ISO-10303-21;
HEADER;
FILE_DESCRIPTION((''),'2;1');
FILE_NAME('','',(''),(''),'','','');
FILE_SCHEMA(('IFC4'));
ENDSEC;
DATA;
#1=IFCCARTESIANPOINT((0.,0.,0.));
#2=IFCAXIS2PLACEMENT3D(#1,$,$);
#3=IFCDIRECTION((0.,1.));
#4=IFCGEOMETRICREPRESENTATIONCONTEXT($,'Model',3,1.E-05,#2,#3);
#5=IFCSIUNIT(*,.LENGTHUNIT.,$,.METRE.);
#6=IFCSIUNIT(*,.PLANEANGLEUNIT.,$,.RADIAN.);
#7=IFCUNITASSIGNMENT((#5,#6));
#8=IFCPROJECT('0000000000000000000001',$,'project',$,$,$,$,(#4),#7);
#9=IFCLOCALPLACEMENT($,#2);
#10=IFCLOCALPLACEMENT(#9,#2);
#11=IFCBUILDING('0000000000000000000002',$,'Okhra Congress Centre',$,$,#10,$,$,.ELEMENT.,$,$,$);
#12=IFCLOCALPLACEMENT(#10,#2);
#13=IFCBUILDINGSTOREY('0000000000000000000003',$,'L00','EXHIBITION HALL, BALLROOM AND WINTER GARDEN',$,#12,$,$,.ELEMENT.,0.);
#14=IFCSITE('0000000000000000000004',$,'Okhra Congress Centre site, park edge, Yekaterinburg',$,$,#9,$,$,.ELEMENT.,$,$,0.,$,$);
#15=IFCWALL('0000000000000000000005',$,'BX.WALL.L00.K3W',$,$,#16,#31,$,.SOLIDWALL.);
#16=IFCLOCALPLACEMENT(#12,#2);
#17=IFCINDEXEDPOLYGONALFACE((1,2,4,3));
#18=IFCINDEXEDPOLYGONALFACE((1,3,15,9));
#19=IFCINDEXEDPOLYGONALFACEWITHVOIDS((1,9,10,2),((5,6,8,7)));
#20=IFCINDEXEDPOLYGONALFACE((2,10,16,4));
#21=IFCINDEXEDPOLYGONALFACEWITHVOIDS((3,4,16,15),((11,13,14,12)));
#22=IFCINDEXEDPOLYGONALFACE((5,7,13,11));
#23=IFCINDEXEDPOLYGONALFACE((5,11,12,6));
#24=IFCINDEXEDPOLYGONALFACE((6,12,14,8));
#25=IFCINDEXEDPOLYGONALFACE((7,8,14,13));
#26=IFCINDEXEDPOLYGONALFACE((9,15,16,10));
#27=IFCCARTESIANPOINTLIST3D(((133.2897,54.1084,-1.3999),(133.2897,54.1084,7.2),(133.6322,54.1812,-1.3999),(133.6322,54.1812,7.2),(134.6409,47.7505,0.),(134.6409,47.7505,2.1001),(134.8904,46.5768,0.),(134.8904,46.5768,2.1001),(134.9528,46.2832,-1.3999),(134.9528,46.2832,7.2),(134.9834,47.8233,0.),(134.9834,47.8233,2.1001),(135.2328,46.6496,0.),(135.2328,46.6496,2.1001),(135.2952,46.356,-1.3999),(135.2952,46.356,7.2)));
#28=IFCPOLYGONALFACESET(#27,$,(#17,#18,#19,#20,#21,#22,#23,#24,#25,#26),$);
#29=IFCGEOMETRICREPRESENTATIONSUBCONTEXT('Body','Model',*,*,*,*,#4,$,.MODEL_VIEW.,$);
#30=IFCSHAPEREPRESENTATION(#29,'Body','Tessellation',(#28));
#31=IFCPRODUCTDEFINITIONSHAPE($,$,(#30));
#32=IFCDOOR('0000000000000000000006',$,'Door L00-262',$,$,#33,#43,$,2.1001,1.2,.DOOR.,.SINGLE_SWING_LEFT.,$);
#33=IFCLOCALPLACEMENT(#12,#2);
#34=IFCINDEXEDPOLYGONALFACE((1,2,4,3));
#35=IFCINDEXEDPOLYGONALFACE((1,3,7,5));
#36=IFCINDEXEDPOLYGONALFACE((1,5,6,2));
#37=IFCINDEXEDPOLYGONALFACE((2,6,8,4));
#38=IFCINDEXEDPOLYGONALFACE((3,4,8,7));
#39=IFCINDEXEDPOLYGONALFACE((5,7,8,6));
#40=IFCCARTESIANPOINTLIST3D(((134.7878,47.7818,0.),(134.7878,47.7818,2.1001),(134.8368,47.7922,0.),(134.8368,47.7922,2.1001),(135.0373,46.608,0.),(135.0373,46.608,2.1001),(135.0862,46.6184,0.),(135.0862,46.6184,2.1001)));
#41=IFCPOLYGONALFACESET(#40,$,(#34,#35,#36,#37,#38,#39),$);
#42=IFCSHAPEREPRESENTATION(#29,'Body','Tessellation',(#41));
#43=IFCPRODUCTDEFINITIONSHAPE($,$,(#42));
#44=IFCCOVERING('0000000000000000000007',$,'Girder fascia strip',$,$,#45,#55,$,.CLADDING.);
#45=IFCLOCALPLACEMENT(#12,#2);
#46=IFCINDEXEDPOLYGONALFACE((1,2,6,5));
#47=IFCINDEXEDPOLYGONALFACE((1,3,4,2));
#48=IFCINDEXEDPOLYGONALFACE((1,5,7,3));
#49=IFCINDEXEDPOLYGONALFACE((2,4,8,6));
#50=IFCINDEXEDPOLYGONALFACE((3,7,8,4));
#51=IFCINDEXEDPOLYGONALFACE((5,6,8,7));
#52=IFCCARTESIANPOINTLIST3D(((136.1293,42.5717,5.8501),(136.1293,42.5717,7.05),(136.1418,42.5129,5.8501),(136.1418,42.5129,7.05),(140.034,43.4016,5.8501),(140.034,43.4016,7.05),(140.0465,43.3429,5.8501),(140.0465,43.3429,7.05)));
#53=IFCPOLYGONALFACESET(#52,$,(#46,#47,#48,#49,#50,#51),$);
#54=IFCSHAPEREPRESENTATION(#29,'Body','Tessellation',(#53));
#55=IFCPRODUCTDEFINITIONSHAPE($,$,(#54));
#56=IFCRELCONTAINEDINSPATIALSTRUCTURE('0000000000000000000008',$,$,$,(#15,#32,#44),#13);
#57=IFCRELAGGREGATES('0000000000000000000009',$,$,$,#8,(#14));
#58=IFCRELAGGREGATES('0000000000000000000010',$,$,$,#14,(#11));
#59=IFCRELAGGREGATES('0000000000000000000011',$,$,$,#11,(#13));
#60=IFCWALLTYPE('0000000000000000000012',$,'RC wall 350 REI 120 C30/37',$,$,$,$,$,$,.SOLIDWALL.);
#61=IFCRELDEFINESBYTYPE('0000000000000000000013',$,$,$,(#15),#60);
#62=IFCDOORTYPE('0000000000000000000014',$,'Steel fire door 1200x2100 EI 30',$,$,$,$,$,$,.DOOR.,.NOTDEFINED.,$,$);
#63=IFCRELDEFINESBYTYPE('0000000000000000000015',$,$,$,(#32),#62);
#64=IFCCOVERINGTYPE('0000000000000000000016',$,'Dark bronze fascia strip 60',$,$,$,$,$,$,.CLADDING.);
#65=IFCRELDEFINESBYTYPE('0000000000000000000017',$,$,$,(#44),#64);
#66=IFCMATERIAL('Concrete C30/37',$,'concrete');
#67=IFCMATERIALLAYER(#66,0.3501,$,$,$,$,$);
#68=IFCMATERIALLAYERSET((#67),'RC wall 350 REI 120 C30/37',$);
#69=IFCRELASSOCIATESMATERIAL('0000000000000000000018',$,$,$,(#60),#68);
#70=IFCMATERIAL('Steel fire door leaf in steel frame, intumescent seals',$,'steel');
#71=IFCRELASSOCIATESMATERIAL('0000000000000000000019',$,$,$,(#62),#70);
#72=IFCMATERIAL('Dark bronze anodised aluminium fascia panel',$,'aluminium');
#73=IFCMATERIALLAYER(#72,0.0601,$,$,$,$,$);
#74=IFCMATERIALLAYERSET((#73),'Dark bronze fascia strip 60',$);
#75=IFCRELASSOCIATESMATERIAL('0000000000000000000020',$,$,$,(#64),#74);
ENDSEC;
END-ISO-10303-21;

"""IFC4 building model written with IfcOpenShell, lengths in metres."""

from ifc_helpers import new_model, si_unit, direction, frame, frame_2d, origin, origin_2d, place, context, subcontext, project, spatial, rectangle, extrude, material, layer, layer_set, type_object, element, fill, save


model = new_model("IFC4")

# Units and contexts
model_context = context("Model", 3, precision=1e-05, world=origin(), true_north=direction((0.0, 1.0)))
body_context = subcontext(model_context, "Body", "Model", "MODEL_VIEW")
ifc_project = project(units=[si_unit("LENGTHUNIT", "METRE"), si_unit("PLANEANGLEUNIT", "RADIAN")], contexts=[model_context])

# Site, building, storey
site_placement = place(None, origin())
site = spatial("IfcSite", under=ifc_project, at=site_placement, Name="Okhra Congress Centre site, park edge, Yekaterinburg", CompositionType="ELEMENT", RefElevation=0.0)
building_placement = place(site_placement, origin())
building = spatial("IfcBuilding", under=site, at=building_placement, Name="Okhra Congress Centre", CompositionType="ELEMENT")
storey_placement = place(building_placement, origin())
storey = spatial("IfcBuildingStorey", under=building, at=storey_placement, Name="L00", Description="EXHIBITION HALL, BALLROOM AND WINTER GARDEN", CompositionType="ELEMENT", Elevation=0.0)

# Shared definitions
ifc_material_1 = material(Name="Concrete C30/37", Category="concrete")

# Shared definitions
ifc_material_2 = material(Name="Steel fire door leaf in steel frame, intumescent seals", Category="steel")

# Wall, opening, door
ifc_layer_1 = layer(ifc_material_1, 0.3501)
ifc_layer_set_1 = layer_set([ifc_layer_1], Name="RC wall 350 REI 120 C30/37")
wall_type_1 = type_object("IfcWallType", Name="RC wall 350 REI 120 C30/37", PredefinedType="SOLIDWALL", material=ifc_layer_set_1)
wall_1_placement = place(storey_placement, frame((135.124, 46.3196, -1.3999), z_axis=(0.0, 0.0, 1.0), x_axis=(-0.207886, 0.978153, 0.0)))
wall_1 = element("IfcWall", 1, at=wall_1_placement, inside=storey, type_object=wall_type_1, Name="BX.WALL.L00.K3W", PredefinedType="SOLIDWALL", context=body_context, shape_type="SweptSolid", body=[
    extrude(rectangle(XDim=8.0, YDim=0.3501, at=frame_2d((4.0, 0.0))), origin(), (0.0, 0.0, 1.0), 8.5999),
])
opening_1_placement = place(wall_1_placement, frame((0.3, 0.0, 1.3999)))
opening_1 = element("IfcOpeningElement", 2, at=opening_1_placement, cuts=wall_1, PredefinedType="OPENING", context=body_context, shape_type="SweptSolid", body=[
    extrude(rectangle(XDim=1.2, YDim=2.1001, at=frame_2d((0.6001, 1.05))), frame((0.0, 0.1851, 0.0), z_axis=(0.0, -1.0, 0.0), x_axis=(1.0, 0.0, 0.0)), (0.0, 0.0, 1.0), 0.3701),
])
door_type_1 = type_object("IfcDoorType", Name="Steel fire door 1200x2100 EI 30", OperationType="NOTDEFINED", PredefinedType="DOOR", material=ifc_material_2)
door_1_placement = place(opening_1_placement, origin())
door_1 = element("IfcDoor", 3, at=door_1_placement, inside=storey, type_object=door_type_1, Name="Door L00-262", OperationType="SINGLE_SWING_LEFT", OverallHeight=2.1001, OverallWidth=1.2, PredefinedType="DOOR", context=body_context, shape_type="SweptSolid", body=[
    extrude(rectangle(XDim=1.2, YDim=2.1001, at=frame_2d((0.6001, 1.05))), frame((0.0, 0.0249, 0.0), z_axis=(0.0, -1.0, 0.0), x_axis=(1.0, 0.0, 0.0)), (0.0, 0.0, 1.0), 0.05),
])
fill(opening_1, door_1)

# Covering
ifc_material_3 = material(Name="Dark bronze anodised aluminium fascia panel", Category="aluminium")
ifc_layer_2 = layer(ifc_material_3, 0.0601)
ifc_layer_set_2 = layer_set([ifc_layer_2], Name="Dark bronze fascia strip 60")
covering_type = type_object("IfcCoveringType", Name="Dark bronze fascia strip 60", PredefinedType="CLADDING", material=ifc_layer_set_2)
covering_placement = place(storey_placement, frame((138.0879, 42.9573, 5.8501), z_axis=(0.0, 0.0, 1.0), x_axis=(0.978148, 0.207912, 0.0)))
element("IfcCovering", 4, at=covering_placement, inside=storey, type_object=covering_type, Name="Girder fascia strip", PredefinedType="CLADDING", context=body_context, shape_type="SweptSolid", body=[
    extrude(rectangle(XDim=3.9919, YDim=0.0601, at=origin_2d()), origin(), (0.0, 0.0, 1.0), 1.2),
])

save(model, "model.ifc")
